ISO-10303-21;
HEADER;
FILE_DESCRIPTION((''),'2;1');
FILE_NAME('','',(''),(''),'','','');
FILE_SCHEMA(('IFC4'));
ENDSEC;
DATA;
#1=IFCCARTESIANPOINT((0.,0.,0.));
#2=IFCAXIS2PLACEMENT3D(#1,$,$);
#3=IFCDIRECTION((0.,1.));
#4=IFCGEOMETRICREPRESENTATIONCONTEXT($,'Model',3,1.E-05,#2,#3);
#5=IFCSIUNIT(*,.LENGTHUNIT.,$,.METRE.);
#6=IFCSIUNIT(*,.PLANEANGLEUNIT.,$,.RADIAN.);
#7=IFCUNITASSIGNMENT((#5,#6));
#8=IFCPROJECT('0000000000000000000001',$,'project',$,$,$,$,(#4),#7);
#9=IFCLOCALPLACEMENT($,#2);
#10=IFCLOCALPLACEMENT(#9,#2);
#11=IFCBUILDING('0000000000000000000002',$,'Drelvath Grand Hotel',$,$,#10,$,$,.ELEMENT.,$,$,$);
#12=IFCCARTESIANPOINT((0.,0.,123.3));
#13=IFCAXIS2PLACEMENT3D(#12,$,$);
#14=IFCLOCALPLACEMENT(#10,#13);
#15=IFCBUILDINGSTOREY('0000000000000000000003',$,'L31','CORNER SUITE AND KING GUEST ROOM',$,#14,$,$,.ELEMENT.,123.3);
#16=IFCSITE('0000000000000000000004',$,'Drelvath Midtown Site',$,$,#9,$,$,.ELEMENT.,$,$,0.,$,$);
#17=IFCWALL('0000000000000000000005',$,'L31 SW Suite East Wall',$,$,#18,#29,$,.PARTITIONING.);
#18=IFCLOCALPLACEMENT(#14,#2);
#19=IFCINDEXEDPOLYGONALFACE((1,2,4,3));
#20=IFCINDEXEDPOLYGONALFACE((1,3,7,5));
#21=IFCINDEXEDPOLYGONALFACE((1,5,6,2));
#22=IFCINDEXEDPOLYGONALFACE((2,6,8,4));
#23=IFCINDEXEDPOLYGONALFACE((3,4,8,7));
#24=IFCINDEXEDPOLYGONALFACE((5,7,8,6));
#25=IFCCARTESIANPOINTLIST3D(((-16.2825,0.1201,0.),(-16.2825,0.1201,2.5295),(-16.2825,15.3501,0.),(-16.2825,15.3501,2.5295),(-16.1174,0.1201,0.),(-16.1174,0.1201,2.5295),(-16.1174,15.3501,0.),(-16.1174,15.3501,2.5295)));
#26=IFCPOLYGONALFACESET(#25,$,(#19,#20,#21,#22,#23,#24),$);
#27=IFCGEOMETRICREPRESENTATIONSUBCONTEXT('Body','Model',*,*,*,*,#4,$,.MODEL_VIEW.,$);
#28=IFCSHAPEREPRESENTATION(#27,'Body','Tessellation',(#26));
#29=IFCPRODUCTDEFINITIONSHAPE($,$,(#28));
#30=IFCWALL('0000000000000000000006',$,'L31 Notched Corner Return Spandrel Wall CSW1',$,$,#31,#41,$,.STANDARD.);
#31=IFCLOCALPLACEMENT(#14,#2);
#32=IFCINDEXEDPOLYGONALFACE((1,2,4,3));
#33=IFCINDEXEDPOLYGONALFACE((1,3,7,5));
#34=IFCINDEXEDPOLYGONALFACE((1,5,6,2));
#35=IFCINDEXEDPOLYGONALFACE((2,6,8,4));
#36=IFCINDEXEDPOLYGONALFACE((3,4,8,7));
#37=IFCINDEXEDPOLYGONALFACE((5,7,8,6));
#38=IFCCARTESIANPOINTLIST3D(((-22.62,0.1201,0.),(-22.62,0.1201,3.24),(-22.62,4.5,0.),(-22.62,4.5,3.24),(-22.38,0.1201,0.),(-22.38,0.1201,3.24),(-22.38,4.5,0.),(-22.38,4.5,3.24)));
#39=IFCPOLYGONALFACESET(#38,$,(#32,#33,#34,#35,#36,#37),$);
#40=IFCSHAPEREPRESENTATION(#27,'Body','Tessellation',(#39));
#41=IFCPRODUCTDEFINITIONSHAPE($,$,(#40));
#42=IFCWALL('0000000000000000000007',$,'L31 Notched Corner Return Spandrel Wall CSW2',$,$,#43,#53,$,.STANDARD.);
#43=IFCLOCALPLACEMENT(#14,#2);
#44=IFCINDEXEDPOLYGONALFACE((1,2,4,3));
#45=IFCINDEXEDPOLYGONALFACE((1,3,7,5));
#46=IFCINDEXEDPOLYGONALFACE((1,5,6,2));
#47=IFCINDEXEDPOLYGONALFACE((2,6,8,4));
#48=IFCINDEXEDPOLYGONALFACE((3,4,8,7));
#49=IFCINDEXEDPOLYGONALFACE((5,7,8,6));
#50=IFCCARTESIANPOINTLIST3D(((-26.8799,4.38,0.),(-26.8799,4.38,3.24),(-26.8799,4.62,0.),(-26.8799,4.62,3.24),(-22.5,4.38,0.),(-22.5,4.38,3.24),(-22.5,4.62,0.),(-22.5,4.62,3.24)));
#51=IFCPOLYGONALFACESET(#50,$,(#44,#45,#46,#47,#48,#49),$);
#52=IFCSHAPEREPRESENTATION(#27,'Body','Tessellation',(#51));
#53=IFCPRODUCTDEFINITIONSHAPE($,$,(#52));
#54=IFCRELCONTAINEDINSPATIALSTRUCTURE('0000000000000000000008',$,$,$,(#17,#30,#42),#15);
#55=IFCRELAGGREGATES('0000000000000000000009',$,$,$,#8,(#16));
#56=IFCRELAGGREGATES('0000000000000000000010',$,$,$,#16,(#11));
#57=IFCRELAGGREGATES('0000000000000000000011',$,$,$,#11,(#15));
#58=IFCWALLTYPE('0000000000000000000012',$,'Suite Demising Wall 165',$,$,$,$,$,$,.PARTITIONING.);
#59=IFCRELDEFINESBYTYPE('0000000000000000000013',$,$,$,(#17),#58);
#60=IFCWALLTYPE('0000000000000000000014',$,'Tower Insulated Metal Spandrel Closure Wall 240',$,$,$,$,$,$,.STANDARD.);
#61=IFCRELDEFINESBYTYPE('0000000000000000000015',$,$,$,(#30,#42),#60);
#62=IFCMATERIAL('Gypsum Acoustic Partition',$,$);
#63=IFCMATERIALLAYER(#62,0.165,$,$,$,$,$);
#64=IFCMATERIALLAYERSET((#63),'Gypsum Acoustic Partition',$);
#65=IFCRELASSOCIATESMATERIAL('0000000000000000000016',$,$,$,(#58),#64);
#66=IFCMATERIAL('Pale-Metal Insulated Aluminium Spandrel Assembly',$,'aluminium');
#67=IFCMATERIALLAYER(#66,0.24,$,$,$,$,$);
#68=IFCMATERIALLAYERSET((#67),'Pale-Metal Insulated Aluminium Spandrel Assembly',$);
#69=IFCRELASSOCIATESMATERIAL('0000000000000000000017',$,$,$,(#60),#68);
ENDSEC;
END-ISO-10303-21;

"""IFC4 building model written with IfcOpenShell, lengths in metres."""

from ifc_helpers import new_model, si_unit, direction, frame, frame_2d, origin, place, context, subcontext, project, spatial, rectangle, extrude, material, layer, layer_set, type_object, element, save


model = new_model("IFC4")

# Units and contexts
model_context = context("Model", 3, precision=1e-05, world=origin(), true_north=direction((0.0, 1.0)))
body_context = subcontext(model_context, "Body", "Model", "MODEL_VIEW")
ifc_project = project(units=[si_unit("LENGTHUNIT", "METRE"), si_unit("PLANEANGLEUNIT", "RADIAN")], contexts=[model_context])

# Site, building, storey
site_placement = place(None, origin())
site = spatial("IfcSite", under=ifc_project, at=site_placement, Name="Drelvath Midtown Site", CompositionType="ELEMENT", RefElevation=0.0)
building_placement = place(site_placement, origin())
building = spatial("IfcBuilding", under=site, at=building_placement, Name="Drelvath Grand Hotel", CompositionType="ELEMENT")
storey_placement = place(building_placement, frame((0.0, 0.0, 123.3)))
storey = spatial("IfcBuildingStorey", under=building, at=storey_placement, Name="L31", Description="CORNER SUITE AND KING GUEST ROOM", CompositionType="ELEMENT", Elevation=123.3)

# Walls
ifc_material_1 = material(Name="Gypsum Acoustic Partition")
ifc_layer_1 = layer(ifc_material_1, 0.165)
ifc_layer_set_1 = layer_set([ifc_layer_1], Name="Gypsum Acoustic Partition")
wall_type_1 = type_object("IfcWallType", Name="Suite Demising Wall 165", PredefinedType="PARTITIONING", material=ifc_layer_set_1)
wall_placement = place(storey_placement, frame((-16.2, 0.1201, 0.0), z_axis=(0.0, 0.0, 1.0), x_axis=(0.0, 1.0, 0.0)))
element("IfcWall", 1, at=wall_placement, inside=storey, type_object=wall_type_1, Name="L31 SW Suite East Wall", PredefinedType="PARTITIONING", context=body_context, shape_type="SweptSolid", body=[
    extrude(rectangle(XDim=15.23, YDim=0.165, at=frame_2d((7.615, 0.0))), origin(), (0.0, 0.0, 1.0), 2.5295),
])
ifc_material_2 = material(Name="Pale-Metal Insulated Aluminium Spandrel Assembly", Category="aluminium")
ifc_layer_2 = layer(ifc_material_2, 0.24)
ifc_layer_set_2 = layer_set([ifc_layer_2], Name="Pale-Metal Insulated Aluminium Spandrel Assembly")
wall_type_2 = type_object("IfcWallType", Name="Tower Insulated Metal Spandrel Closure Wall 240", PredefinedType="STANDARD", material=ifc_layer_set_2)
for number, where, z_axis, x_axis, name in (
    (2, (-22.5, 0.1201, 0.0), (0.0, 0.0, 1.0), (0.0, 1.0, 0.0), "L31 Notched Corner Return Spandrel Wall CSW1"),
    (3, (-22.5, 4.5, 0.0), (0.0, 0.0, 1.0), (-1.0, 0.0, 0.0), "L31 Notched Corner Return Spandrel Wall CSW2"),
):
    element("IfcWall", number, at=place(storey_placement, frame(where, z_axis=z_axis, x_axis=x_axis)), inside=storey, type_object=wall_type_2, Name=name, PredefinedType="STANDARD", context=body_context, shape_type="SweptSolid", body=[
        extrude(rectangle(XDim=4.3799, YDim=0.24, at=frame_2d((2.1899, 0.0))), origin(), (0.0, 0.0, 1.0), 3.24),
    ])

save(model, "model.ifc")
